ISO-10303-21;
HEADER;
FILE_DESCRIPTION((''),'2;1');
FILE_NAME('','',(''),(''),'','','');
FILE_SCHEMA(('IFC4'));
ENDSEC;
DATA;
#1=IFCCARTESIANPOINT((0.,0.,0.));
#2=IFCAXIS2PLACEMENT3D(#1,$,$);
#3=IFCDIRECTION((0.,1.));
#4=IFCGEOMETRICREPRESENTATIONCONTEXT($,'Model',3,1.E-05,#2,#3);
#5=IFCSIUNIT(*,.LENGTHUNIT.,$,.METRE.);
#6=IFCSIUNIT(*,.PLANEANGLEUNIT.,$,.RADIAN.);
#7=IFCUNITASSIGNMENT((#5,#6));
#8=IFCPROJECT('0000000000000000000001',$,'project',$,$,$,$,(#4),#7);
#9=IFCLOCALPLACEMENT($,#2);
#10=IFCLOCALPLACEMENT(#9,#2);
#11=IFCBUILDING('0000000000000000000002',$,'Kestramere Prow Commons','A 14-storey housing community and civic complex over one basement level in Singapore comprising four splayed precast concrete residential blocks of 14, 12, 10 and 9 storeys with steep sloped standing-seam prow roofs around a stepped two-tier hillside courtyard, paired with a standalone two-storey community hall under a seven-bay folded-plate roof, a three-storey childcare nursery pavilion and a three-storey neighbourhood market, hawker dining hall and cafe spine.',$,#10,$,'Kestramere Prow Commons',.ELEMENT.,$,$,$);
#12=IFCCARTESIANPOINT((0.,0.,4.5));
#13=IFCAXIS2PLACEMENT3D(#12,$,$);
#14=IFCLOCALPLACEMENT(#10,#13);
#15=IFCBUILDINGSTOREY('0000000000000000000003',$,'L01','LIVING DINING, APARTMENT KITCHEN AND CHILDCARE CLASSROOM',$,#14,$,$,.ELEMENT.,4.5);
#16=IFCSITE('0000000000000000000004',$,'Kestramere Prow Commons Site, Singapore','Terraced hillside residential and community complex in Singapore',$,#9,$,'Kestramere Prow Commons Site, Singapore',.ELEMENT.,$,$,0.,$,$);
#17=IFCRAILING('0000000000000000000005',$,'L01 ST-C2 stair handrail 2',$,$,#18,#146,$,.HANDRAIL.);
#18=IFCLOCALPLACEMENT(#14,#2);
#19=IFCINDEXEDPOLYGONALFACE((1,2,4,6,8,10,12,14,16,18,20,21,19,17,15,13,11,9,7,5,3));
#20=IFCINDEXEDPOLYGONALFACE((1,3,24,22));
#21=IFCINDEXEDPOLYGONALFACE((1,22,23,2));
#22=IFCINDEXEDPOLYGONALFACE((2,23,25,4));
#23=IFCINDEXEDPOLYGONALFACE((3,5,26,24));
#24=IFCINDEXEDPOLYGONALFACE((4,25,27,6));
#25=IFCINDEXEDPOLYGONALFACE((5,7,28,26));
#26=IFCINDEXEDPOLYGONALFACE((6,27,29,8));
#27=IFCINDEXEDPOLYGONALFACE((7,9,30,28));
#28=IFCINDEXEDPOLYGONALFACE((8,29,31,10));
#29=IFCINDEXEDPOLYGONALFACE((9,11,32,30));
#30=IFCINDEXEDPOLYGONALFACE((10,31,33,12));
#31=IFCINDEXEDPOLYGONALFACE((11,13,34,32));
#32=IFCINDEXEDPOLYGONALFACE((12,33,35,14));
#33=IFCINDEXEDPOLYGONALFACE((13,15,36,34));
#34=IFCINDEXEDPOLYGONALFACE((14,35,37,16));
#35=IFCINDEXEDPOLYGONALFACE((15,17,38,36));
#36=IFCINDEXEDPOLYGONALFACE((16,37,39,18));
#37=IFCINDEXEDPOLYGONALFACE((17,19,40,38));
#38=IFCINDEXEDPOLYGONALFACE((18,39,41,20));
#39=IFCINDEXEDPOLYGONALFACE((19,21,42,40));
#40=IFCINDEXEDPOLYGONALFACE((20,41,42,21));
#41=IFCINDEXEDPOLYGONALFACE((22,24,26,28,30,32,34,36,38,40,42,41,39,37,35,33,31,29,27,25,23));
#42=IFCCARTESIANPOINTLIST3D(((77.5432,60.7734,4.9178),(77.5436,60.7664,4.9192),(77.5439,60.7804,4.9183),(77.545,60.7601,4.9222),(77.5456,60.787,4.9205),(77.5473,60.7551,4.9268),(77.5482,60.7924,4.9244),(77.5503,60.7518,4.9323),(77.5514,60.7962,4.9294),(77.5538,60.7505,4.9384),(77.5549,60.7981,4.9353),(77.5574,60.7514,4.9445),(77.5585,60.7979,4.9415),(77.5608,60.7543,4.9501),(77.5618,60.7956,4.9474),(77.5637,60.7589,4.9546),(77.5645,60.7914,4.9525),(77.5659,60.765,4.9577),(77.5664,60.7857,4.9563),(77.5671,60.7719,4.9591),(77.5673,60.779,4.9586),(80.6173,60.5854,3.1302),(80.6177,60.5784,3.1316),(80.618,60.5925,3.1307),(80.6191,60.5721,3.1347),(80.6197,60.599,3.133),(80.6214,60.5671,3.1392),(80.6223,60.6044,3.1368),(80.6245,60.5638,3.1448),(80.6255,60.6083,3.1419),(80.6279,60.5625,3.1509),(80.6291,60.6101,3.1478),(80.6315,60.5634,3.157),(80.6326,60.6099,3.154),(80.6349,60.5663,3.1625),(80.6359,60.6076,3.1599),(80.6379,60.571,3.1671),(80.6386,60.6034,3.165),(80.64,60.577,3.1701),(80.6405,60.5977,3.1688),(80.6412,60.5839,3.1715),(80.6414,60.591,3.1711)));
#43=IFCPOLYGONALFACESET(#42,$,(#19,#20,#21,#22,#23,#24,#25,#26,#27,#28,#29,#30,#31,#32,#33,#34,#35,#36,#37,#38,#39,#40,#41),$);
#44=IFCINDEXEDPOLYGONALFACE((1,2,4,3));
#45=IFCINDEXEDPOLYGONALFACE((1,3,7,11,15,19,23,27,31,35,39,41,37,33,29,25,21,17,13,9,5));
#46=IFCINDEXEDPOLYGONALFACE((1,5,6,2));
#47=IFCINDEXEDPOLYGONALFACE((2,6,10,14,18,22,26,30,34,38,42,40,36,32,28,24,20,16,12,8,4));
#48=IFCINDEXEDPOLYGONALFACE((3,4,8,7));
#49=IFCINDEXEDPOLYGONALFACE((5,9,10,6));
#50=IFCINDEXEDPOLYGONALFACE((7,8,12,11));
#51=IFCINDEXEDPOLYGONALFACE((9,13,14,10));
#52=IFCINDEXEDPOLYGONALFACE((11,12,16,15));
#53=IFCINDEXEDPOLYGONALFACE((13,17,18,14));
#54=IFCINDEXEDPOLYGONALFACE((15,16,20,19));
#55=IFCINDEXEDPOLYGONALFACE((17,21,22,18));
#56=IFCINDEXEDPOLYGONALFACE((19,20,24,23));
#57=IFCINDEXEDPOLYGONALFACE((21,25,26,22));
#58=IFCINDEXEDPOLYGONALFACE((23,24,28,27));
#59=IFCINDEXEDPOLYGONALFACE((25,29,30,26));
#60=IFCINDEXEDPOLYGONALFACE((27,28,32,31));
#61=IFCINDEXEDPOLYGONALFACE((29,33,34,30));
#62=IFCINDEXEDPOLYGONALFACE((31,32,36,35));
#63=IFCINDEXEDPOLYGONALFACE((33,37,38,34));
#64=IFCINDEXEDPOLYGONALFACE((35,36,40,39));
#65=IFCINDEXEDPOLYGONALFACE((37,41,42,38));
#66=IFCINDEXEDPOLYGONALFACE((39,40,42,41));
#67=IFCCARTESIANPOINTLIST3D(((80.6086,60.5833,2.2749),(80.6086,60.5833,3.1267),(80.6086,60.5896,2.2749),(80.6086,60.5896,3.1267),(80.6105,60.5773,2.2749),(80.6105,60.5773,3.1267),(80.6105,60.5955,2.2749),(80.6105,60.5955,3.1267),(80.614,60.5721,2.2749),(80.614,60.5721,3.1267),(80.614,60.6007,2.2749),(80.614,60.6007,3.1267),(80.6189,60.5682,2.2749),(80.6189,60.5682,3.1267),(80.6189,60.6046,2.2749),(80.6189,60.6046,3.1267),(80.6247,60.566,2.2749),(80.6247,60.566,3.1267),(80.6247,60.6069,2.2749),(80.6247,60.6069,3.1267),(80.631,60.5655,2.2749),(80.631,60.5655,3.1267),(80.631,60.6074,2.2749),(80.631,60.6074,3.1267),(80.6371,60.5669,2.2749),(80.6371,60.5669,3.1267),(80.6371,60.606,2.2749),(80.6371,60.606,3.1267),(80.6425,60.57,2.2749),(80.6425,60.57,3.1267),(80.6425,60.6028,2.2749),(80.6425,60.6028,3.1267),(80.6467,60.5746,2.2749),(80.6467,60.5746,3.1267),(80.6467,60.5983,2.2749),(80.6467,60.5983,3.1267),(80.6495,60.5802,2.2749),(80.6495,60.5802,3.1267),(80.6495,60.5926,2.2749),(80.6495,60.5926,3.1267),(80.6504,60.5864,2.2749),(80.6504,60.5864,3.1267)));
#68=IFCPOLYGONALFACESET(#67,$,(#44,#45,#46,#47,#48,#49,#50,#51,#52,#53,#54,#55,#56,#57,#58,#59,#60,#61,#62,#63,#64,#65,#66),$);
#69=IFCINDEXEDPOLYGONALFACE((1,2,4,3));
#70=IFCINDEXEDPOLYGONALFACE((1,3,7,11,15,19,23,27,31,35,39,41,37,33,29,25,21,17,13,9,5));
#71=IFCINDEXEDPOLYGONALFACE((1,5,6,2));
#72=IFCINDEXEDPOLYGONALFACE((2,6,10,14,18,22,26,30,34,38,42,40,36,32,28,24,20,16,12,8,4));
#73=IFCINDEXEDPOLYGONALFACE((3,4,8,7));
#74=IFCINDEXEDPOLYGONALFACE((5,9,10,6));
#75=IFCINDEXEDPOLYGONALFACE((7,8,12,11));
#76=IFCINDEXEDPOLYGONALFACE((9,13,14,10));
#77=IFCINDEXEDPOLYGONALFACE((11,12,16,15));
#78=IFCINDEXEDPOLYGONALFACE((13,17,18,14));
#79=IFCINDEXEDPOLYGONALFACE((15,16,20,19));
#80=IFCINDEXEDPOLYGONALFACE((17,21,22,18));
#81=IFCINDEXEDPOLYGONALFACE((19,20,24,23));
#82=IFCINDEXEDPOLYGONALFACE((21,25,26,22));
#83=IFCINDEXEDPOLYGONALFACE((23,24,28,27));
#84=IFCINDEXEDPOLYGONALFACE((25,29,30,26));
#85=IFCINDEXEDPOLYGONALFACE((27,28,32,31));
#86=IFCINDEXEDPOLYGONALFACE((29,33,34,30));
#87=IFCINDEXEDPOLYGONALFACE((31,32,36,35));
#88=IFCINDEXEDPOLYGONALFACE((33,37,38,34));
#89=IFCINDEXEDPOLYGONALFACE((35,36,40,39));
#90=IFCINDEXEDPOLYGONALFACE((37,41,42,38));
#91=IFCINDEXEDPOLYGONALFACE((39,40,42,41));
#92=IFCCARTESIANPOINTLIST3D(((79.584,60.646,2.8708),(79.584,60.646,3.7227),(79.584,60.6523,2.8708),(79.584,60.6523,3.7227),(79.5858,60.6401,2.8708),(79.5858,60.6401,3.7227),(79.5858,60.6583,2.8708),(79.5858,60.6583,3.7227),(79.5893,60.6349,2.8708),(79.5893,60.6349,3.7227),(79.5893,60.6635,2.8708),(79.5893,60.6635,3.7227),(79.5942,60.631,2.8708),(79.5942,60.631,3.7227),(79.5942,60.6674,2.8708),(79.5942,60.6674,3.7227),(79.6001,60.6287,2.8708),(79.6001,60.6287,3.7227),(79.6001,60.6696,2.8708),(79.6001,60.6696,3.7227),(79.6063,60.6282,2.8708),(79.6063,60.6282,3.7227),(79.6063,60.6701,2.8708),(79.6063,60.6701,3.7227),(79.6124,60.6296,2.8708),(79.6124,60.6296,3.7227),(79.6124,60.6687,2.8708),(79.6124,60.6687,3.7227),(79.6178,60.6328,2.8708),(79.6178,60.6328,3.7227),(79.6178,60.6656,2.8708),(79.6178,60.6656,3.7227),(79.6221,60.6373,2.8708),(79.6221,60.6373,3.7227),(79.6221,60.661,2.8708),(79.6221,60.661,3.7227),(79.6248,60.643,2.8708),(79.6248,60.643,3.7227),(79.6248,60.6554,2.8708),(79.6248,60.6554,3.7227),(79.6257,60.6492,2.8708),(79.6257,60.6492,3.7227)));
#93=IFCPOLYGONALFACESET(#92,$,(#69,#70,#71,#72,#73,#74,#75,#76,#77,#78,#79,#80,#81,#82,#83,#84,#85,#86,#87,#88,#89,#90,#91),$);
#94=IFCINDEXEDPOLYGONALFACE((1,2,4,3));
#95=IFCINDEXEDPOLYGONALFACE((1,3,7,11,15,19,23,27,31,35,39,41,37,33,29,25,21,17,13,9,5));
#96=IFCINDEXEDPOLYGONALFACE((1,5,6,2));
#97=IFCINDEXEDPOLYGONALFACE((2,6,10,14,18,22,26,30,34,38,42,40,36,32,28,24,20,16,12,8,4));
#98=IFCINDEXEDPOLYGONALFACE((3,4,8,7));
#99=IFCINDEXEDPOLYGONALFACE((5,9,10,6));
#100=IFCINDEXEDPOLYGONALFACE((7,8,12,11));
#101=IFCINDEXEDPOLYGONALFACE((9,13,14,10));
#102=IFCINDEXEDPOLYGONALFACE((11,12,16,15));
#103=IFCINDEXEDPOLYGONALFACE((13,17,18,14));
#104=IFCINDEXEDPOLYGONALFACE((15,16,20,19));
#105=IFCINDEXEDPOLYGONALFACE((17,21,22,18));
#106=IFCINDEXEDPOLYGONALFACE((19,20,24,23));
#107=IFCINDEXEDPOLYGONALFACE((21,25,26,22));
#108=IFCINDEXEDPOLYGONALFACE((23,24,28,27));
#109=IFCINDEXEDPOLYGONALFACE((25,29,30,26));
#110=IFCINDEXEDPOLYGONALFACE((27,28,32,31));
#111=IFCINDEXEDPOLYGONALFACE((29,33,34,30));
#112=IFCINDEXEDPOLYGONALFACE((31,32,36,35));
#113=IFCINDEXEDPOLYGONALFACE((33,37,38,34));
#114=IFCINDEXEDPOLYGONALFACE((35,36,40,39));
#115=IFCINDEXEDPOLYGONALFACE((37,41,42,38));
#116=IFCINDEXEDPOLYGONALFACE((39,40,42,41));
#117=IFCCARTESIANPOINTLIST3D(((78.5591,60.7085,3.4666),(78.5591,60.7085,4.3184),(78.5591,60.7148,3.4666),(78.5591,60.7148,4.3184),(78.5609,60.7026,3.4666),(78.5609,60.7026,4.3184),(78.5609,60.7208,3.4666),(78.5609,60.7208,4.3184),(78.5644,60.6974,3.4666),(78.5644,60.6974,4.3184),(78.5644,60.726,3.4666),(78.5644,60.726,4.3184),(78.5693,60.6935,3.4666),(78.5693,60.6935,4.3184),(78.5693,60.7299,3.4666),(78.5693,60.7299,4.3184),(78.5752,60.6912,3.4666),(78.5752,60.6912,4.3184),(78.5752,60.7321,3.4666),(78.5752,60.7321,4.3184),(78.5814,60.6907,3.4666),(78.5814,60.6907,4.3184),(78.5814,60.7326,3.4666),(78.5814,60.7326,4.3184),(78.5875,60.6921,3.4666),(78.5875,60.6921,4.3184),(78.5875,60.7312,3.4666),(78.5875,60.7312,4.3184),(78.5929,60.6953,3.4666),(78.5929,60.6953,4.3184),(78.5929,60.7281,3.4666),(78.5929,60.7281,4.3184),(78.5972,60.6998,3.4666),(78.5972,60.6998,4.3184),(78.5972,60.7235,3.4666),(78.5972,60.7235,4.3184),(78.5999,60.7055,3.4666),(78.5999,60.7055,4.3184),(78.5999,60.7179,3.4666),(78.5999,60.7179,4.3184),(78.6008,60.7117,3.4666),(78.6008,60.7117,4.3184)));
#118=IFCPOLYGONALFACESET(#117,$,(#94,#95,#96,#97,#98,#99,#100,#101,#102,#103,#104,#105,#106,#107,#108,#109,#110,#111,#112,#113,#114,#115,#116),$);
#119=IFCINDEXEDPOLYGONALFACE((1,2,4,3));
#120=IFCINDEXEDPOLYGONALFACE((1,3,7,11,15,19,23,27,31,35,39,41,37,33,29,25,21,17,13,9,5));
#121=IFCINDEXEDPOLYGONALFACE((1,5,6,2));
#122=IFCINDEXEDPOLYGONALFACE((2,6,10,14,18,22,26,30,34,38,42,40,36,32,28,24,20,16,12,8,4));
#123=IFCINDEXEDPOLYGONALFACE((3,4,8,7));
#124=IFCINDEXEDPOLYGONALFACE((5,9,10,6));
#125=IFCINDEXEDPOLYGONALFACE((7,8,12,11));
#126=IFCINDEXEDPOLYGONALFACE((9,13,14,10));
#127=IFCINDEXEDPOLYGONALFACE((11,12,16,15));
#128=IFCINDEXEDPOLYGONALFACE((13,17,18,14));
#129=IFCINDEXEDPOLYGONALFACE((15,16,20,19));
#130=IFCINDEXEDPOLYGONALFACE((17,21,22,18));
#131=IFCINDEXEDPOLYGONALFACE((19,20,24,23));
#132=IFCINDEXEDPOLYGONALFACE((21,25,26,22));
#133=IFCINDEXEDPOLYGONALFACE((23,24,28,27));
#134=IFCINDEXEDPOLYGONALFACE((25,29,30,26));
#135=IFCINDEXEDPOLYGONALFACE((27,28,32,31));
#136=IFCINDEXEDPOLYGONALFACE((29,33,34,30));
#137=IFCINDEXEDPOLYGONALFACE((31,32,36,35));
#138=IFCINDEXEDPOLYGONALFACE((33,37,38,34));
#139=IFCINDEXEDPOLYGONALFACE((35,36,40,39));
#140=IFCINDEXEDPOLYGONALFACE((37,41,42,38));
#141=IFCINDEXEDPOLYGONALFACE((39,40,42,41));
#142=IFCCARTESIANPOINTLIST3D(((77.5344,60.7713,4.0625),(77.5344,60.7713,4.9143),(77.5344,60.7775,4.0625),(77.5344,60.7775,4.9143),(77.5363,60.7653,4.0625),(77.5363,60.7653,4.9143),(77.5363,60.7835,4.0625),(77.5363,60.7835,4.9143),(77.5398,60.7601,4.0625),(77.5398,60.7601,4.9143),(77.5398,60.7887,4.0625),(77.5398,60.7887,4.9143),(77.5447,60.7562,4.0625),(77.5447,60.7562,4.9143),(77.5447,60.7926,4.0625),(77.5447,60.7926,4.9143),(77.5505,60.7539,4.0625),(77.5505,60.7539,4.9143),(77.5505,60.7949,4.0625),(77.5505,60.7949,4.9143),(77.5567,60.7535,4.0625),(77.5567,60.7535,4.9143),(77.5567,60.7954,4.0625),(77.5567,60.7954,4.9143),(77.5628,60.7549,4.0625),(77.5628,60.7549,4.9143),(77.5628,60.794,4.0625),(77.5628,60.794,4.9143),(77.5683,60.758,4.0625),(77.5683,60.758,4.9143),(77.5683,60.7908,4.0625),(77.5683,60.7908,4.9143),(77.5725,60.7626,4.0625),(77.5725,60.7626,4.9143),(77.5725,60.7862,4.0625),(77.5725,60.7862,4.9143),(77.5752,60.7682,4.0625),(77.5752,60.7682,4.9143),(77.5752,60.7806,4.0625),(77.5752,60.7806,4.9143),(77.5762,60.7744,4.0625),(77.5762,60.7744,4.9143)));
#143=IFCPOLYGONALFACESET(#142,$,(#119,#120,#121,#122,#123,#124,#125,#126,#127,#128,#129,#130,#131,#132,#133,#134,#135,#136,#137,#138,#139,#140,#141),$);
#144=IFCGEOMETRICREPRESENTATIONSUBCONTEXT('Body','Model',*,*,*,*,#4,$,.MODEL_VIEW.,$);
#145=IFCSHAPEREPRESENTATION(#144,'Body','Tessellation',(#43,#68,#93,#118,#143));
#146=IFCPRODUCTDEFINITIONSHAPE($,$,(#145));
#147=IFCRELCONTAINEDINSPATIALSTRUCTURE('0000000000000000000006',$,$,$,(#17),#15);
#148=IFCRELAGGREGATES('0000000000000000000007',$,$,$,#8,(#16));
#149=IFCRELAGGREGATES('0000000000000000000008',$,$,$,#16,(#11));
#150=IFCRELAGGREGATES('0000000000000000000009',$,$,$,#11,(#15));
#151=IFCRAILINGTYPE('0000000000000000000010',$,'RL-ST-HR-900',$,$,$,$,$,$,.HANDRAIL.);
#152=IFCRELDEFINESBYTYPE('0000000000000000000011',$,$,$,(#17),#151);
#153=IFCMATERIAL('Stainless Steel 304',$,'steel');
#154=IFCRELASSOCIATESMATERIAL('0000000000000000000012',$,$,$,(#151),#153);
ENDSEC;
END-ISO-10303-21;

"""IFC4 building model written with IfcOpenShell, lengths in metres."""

from ifc_helpers import new_model, si_unit, direction, frame, origin, origin_2d, place, context, subcontext, project, spatial, circle, extrude, material, type_object, element, save


model = new_model("IFC4")

# Units and contexts
model_context = context("Model", 3, precision=1e-05, world=origin(), true_north=direction((0.0, 1.0)))
body_context = subcontext(model_context, "Body", "Model", "MODEL_VIEW")
ifc_project = project(units=[si_unit("LENGTHUNIT", "METRE"), si_unit("PLANEANGLEUNIT", "RADIAN")], contexts=[model_context])

# Site, building, storey
site_placement = place(None, origin())
site = spatial("IfcSite", under=ifc_project, at=site_placement, Name="Kestramere Prow Commons Site, Singapore", Description="Terraced hillside residential and community complex in Singapore", LongName="Kestramere Prow Commons Site, Singapore", CompositionType="ELEMENT", RefElevation=0.0)
building_placement = place(site_placement, origin())
building = spatial("IfcBuilding", under=site, at=building_placement, Name="Kestramere Prow Commons", Description="A 14-storey housing community and civic complex over one basement level in Singapore comprising four splayed precast concrete residential blocks of 14, 12, 10 and 9 storeys with steep sloped standing-seam prow roofs around a stepped two-tier hillside courtyard, paired with a standalone two-storey community hall under a seven-bay folded-plate roof, a three-storey childcare nursery pavilion and a three-storey neighbourhood market, hawker dining hall and cafe spine.", LongName="Kestramere Prow Commons", CompositionType="ELEMENT")
storey_placement = place(building_placement, frame((0.0, 0.0, 4.5)))
storey = spatial("IfcBuildingStorey", under=building, at=storey_placement, Name="L01", Description="LIVING DINING, APARTMENT KITCHEN AND CHILDCARE CLASSROOM", CompositionType="ELEMENT", Elevation=4.5)

# Railing
ifc_material_1 = material(Name="Stainless Steel 304", Category="steel")
railing_type_1 = type_object("IfcRailingType", Name="RL-ST-HR-900", PredefinedType="HANDRAIL", material=ifc_material_1)
railing_1_placement = place(storey_placement, frame((80.6294, 60.5864, 2.2749)))
element("IfcRailing", 1, at=railing_1_placement, inside=storey, type_object=railing_type_1, Name="L01 ST-C2 stair handrail 2", PredefinedType="HANDRAIL", context=body_context, shape_type="SweptSolid", body=[
    extrude(circle(Radius=0.0239, at=origin_2d()), frame((0.0, 0.0, 0.876), z_axis=(-0.86327, 0.052789, 0.501974), x_axis=(-0.061036, -0.998136, 0.0)), (0.0, 0.0, 1.0), 3.561),
    extrude(circle(Radius=0.021, at=origin_2d()), origin(), (0.0, 0.0, 1.0), 0.8518),
    extrude(circle(Radius=0.021, at=origin_2d()), frame((-1.0247, 0.0627, 0.5959)), (0.0, 0.0, 1.0), 0.8518),
    extrude(circle(Radius=0.021, at=origin_2d()), frame((-2.0496, 0.1252, 1.1917)), (0.0, 0.0, 1.0), 0.8518),
    extrude(circle(Radius=0.021, at=origin_2d()), frame((-3.0742, 0.188, 1.7876)), (0.0, 0.0, 1.0), 0.8518),
])

save(model, "model.ifc")
